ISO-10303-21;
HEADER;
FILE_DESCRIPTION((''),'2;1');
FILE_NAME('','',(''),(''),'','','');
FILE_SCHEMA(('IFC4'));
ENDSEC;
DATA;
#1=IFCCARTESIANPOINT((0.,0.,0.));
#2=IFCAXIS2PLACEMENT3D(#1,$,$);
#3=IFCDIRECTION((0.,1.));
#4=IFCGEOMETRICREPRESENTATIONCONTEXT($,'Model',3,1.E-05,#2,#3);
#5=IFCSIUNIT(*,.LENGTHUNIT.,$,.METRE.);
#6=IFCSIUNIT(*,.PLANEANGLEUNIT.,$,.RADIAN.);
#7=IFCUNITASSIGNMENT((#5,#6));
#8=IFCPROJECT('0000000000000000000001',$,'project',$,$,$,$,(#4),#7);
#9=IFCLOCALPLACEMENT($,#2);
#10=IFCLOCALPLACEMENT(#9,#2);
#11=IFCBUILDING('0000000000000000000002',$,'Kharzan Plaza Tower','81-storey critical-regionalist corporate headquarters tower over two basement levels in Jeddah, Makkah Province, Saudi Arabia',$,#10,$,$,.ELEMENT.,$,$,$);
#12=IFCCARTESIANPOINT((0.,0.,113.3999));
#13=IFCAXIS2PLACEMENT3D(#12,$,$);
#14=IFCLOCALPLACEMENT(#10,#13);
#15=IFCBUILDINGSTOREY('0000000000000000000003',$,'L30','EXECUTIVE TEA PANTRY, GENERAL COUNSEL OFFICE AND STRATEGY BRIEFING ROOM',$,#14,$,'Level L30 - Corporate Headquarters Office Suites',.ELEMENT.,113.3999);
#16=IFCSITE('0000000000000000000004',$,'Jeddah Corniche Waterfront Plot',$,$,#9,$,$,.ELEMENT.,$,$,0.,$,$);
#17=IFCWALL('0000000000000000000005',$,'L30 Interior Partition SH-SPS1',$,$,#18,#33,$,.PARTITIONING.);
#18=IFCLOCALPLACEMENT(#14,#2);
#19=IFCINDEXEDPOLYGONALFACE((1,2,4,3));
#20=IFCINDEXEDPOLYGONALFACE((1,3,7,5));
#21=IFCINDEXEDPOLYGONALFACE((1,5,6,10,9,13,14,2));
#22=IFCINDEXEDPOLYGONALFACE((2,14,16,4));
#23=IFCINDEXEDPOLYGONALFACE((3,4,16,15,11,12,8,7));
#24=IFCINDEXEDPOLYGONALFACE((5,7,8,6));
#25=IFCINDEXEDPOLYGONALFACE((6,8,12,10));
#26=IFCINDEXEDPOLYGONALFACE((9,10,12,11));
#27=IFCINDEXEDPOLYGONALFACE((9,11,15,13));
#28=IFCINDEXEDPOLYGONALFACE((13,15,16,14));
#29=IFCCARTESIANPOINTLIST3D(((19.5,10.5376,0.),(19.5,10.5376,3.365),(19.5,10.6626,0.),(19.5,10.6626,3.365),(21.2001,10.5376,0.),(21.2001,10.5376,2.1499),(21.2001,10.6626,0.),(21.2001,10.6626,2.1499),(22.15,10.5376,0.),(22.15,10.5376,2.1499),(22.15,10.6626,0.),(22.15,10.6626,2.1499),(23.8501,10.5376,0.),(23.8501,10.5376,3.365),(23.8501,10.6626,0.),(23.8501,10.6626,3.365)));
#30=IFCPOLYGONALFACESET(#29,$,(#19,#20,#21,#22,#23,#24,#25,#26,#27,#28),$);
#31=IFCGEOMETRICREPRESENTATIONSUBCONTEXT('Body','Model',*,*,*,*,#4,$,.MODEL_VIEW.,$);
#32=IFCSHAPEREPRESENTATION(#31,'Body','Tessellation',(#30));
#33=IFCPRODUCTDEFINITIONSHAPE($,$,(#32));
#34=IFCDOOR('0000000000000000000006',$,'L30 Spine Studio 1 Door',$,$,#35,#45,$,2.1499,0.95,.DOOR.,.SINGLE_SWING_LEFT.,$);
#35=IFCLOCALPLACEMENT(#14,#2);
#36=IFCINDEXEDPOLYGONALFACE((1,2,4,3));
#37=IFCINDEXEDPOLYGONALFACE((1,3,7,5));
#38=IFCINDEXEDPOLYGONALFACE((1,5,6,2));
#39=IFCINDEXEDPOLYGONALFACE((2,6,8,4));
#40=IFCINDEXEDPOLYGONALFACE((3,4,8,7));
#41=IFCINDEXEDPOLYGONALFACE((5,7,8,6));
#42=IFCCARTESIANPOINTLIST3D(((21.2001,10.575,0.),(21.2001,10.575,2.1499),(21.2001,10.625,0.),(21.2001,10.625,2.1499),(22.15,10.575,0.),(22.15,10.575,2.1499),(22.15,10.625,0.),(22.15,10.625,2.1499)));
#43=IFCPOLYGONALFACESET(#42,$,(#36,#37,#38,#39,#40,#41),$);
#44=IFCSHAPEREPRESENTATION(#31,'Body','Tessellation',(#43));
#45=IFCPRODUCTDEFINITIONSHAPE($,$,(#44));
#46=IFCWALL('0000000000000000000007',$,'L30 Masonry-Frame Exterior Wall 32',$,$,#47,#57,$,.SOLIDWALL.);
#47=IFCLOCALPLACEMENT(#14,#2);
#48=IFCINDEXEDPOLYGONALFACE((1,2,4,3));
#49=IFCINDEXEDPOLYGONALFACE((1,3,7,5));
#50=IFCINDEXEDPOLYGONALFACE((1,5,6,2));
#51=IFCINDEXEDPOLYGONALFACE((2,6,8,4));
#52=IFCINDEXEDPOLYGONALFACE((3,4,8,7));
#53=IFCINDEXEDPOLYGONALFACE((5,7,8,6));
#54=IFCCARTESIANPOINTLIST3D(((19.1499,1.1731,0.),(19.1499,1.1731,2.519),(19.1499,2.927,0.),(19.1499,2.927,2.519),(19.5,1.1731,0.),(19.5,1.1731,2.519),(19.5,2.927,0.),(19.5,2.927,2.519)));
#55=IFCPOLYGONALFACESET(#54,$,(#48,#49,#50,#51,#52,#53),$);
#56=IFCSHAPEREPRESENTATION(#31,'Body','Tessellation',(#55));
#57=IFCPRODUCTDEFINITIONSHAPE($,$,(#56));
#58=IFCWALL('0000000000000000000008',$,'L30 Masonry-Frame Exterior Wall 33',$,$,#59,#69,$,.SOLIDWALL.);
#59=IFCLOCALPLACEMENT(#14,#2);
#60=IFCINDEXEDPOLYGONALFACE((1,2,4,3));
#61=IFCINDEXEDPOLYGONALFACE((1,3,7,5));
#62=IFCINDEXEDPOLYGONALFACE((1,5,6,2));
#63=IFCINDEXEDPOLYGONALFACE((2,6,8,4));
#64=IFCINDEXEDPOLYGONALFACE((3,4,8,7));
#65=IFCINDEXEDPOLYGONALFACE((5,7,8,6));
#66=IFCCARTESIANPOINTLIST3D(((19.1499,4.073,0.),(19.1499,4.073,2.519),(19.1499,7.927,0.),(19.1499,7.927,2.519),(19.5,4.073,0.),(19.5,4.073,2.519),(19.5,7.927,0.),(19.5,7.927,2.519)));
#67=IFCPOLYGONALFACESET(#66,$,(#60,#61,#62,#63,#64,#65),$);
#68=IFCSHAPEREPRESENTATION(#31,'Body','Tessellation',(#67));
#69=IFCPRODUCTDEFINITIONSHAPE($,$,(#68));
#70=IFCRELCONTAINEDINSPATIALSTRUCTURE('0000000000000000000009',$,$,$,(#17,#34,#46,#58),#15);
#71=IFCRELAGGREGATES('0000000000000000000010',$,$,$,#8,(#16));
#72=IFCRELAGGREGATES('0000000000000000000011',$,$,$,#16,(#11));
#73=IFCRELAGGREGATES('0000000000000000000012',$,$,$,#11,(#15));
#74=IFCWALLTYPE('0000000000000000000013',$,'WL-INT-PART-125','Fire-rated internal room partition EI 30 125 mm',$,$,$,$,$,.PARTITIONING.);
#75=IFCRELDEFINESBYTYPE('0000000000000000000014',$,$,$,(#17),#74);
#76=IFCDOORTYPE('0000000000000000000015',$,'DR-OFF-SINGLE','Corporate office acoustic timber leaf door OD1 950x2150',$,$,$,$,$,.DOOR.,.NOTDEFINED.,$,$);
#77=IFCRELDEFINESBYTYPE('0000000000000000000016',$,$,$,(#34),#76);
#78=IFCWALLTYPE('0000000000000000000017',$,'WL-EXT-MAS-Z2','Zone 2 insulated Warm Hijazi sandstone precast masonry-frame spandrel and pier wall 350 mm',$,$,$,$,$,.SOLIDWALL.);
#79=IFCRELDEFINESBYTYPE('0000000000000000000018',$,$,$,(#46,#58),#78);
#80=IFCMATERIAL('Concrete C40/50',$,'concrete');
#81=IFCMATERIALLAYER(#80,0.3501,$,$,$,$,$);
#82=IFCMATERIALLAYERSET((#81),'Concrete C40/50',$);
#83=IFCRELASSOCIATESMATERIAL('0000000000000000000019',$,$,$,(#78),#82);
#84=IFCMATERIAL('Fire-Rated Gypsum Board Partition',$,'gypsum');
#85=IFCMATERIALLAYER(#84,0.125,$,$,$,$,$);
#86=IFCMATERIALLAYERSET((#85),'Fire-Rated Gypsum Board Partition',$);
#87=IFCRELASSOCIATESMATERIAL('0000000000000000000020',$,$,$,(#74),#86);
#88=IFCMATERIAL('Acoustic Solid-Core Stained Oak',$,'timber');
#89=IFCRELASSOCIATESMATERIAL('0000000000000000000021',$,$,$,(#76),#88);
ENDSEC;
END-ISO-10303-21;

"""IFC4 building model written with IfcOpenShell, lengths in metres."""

from ifc_helpers import new_model, si_unit, direction, frame, frame_2d, origin, place, context, subcontext, project, spatial, rectangle, extrude, source, transform, mapped, material, layer, layer_set, type_object, element, fill, save


model = new_model("IFC4")

# Units and contexts
model_context = context("Model", 3, precision=1e-05, world=origin(), true_north=direction((0.0, 1.0)))
body_context = subcontext(model_context, "Body", "Model", "MODEL_VIEW")
ifc_project = project(units=[si_unit("LENGTHUNIT", "METRE"), si_unit("PLANEANGLEUNIT", "RADIAN")], contexts=[model_context])

# Site, building, storey
site_placement = place(None, origin())
site = spatial("IfcSite", under=ifc_project, at=site_placement, Name="Jeddah Corniche Waterfront Plot", CompositionType="ELEMENT", RefElevation=0.0)
building_placement = place(site_placement, origin())
building = spatial("IfcBuilding", under=site, at=building_placement, Name="Kharzan Plaza Tower", Description="81-storey critical-regionalist corporate headquarters tower over two basement levels in Jeddah, Makkah Province, Saudi Arabia", CompositionType="ELEMENT")
storey_placement = place(building_placement, frame((0.0, 0.0, 113.3999)))
storey = spatial("IfcBuildingStorey", under=building, at=storey_placement, Name="L30", Description="EXECUTIVE TEA PANTRY, GENERAL COUNSEL OFFICE AND STRATEGY BRIEFING ROOM", LongName="Level L30 - Corporate Headquarters Office Suites", CompositionType="ELEMENT", Elevation=113.3999)

# Shared definitions
ifc_material_1 = material(Name="Concrete C40/50", Category="concrete")
ifc_layer_1 = layer(ifc_material_1, 0.3501)
ifc_layer_set_1 = layer_set([ifc_layer_1], Name="Concrete C40/50")
wall_type_1 = type_object("IfcWallType", Name="WL-EXT-MAS-Z2", Description="Zone 2 insulated Warm Hijazi sandstone precast masonry-frame spandrel and pier wall 350 mm", PredefinedType="SOLIDWALL", material=ifc_layer_set_1)

# Wall, opening, door
ifc_material_2 = material(Name="Fire-Rated Gypsum Board Partition", Category="gypsum")
ifc_layer_2 = layer(ifc_material_2, 0.125)
ifc_layer_set_2 = layer_set([ifc_layer_2], Name="Fire-Rated Gypsum Board Partition")
wall_type_2 = type_object("IfcWallType", Name="WL-INT-PART-125", Description="Fire-rated internal room partition EI 30 125 mm", PredefinedType="PARTITIONING", material=ifc_layer_set_2)
wall_1_placement = place(storey_placement, frame((19.5, 10.6001, 0.0), z_axis=(0.0, 0.0, 1.0), x_axis=(1.0, 0.0, 0.0)))
wall_1 = element("IfcWall", 1, at=wall_1_placement, inside=storey, type_object=wall_type_2, Name="L30 Interior Partition SH-SPS1", PredefinedType="PARTITIONING", context=body_context, shape_type="SweptSolid", body=[
    extrude(rectangle(XDim=4.3501, YDim=0.125, at=frame_2d((2.175, 0.0))), origin(), (0.0, 0.0, 1.0), 3.365),
])
opening_1_placement = place(wall_1_placement, frame((1.7, 0.0, 0.0)))
opening_1 = element("IfcOpeningElement", 2, at=opening_1_placement, cuts=wall_1, PredefinedType="OPENING", context=body_context, shape_type="SweptSolid", body=[
    extrude(rectangle(XDim=0.95, YDim=2.1499, at=frame_2d((0.4751, 1.075))), frame((0.0, 0.0725, 0.0), z_axis=(0.0, -1.0, 0.0), x_axis=(1.0, 0.0, 0.0)), (0.0, 0.0, 1.0), 0.145),
])
ifc_material_3 = material(Name="Acoustic Solid-Core Stained Oak", Category="timber")
door_type = type_object("IfcDoorType", Name="DR-OFF-SINGLE", Description="Corporate office acoustic timber leaf door OD1 950x2150", OperationType="NOTDEFINED", PredefinedType="DOOR", material=ifc_material_3)
shared_shape_1 = source(origin(), body_context, "Body", "SweptSolid", [
    extrude(rectangle(XDim=0.95, YDim=2.1499, at=frame_2d((0.4751, 1.075))), frame((0.0, 0.0249, 0.0), z_axis=(0.0, -1.0, 0.0), x_axis=(1.0, 0.0, 0.0)), (0.0, 0.0, 1.0), 0.05),
])
door_placement = place(opening_1_placement, origin())
door = element("IfcDoor", 3, at=door_placement, inside=storey, type_object=door_type, Name="L30 Spine Studio 1 Door", OperationType="SINGLE_SWING_LEFT", OverallHeight=2.1499, OverallWidth=0.95, PredefinedType="DOOR", context=body_context, shape_type="MappedRepresentation", body=[
    mapped(shared_shape_1, transform((0.0, 0.0, 0.0), x_axis=(1.0, 0.0, 0.0), y_axis=(0.0, 1.0, 0.0), z_axis=(0.0, 0.0, 1.0))),
])
fill(opening_1, door)

# Walls
shared_shape_2 = source(origin(), body_context, "Body", "SweptSolid", [
    extrude(rectangle(XDim=1.7539, YDim=0.3501, at=frame_2d((0.877, 0.0))), origin(), (0.0, 0.0, 1.0), 2.519),
])
wall_2_placement = place(storey_placement, frame((19.325, 1.1731, 0.0), z_axis=(0.0, 0.0, 1.0), x_axis=(0.0, 1.0, 0.0)))
element("IfcWall", 4, at=wall_2_placement, inside=storey, type_object=wall_type_1, Name="L30 Masonry-Frame Exterior Wall 32", PredefinedType="SOLIDWALL", context=body_context, shape_type="MappedRepresentation", body=[
    mapped(shared_shape_2, transform((0.0, 0.0, 0.0), x_axis=(1.0, 0.0, 0.0), y_axis=(0.0, 1.0, 0.0), z_axis=(0.0, 0.0, 1.0))),
])
shared_shape_3 = source(origin(), body_context, "Body", "SweptSolid", [
    extrude(rectangle(XDim=3.854, YDim=0.3501, at=frame_2d((1.927, 0.0))), origin(), (0.0, 0.0, 1.0), 2.519),
])
wall_3_placement = place(storey_placement, frame((19.325, 4.073, 0.0), z_axis=(0.0, 0.0, 1.0), x_axis=(0.0, 1.0, 0.0)))
element("IfcWall", 5, at=wall_3_placement, inside=storey, type_object=wall_type_1, Name="L30 Masonry-Frame Exterior Wall 33", PredefinedType="SOLIDWALL", context=body_context, shape_type="MappedRepresentation", body=[
    mapped(shared_shape_3, transform((0.0, 0.0, 0.0), x_axis=(1.0, 0.0, 0.0), y_axis=(0.0, 1.0, 0.0), z_axis=(0.0, 0.0, 1.0))),
])

save(model, "model.ifc")
